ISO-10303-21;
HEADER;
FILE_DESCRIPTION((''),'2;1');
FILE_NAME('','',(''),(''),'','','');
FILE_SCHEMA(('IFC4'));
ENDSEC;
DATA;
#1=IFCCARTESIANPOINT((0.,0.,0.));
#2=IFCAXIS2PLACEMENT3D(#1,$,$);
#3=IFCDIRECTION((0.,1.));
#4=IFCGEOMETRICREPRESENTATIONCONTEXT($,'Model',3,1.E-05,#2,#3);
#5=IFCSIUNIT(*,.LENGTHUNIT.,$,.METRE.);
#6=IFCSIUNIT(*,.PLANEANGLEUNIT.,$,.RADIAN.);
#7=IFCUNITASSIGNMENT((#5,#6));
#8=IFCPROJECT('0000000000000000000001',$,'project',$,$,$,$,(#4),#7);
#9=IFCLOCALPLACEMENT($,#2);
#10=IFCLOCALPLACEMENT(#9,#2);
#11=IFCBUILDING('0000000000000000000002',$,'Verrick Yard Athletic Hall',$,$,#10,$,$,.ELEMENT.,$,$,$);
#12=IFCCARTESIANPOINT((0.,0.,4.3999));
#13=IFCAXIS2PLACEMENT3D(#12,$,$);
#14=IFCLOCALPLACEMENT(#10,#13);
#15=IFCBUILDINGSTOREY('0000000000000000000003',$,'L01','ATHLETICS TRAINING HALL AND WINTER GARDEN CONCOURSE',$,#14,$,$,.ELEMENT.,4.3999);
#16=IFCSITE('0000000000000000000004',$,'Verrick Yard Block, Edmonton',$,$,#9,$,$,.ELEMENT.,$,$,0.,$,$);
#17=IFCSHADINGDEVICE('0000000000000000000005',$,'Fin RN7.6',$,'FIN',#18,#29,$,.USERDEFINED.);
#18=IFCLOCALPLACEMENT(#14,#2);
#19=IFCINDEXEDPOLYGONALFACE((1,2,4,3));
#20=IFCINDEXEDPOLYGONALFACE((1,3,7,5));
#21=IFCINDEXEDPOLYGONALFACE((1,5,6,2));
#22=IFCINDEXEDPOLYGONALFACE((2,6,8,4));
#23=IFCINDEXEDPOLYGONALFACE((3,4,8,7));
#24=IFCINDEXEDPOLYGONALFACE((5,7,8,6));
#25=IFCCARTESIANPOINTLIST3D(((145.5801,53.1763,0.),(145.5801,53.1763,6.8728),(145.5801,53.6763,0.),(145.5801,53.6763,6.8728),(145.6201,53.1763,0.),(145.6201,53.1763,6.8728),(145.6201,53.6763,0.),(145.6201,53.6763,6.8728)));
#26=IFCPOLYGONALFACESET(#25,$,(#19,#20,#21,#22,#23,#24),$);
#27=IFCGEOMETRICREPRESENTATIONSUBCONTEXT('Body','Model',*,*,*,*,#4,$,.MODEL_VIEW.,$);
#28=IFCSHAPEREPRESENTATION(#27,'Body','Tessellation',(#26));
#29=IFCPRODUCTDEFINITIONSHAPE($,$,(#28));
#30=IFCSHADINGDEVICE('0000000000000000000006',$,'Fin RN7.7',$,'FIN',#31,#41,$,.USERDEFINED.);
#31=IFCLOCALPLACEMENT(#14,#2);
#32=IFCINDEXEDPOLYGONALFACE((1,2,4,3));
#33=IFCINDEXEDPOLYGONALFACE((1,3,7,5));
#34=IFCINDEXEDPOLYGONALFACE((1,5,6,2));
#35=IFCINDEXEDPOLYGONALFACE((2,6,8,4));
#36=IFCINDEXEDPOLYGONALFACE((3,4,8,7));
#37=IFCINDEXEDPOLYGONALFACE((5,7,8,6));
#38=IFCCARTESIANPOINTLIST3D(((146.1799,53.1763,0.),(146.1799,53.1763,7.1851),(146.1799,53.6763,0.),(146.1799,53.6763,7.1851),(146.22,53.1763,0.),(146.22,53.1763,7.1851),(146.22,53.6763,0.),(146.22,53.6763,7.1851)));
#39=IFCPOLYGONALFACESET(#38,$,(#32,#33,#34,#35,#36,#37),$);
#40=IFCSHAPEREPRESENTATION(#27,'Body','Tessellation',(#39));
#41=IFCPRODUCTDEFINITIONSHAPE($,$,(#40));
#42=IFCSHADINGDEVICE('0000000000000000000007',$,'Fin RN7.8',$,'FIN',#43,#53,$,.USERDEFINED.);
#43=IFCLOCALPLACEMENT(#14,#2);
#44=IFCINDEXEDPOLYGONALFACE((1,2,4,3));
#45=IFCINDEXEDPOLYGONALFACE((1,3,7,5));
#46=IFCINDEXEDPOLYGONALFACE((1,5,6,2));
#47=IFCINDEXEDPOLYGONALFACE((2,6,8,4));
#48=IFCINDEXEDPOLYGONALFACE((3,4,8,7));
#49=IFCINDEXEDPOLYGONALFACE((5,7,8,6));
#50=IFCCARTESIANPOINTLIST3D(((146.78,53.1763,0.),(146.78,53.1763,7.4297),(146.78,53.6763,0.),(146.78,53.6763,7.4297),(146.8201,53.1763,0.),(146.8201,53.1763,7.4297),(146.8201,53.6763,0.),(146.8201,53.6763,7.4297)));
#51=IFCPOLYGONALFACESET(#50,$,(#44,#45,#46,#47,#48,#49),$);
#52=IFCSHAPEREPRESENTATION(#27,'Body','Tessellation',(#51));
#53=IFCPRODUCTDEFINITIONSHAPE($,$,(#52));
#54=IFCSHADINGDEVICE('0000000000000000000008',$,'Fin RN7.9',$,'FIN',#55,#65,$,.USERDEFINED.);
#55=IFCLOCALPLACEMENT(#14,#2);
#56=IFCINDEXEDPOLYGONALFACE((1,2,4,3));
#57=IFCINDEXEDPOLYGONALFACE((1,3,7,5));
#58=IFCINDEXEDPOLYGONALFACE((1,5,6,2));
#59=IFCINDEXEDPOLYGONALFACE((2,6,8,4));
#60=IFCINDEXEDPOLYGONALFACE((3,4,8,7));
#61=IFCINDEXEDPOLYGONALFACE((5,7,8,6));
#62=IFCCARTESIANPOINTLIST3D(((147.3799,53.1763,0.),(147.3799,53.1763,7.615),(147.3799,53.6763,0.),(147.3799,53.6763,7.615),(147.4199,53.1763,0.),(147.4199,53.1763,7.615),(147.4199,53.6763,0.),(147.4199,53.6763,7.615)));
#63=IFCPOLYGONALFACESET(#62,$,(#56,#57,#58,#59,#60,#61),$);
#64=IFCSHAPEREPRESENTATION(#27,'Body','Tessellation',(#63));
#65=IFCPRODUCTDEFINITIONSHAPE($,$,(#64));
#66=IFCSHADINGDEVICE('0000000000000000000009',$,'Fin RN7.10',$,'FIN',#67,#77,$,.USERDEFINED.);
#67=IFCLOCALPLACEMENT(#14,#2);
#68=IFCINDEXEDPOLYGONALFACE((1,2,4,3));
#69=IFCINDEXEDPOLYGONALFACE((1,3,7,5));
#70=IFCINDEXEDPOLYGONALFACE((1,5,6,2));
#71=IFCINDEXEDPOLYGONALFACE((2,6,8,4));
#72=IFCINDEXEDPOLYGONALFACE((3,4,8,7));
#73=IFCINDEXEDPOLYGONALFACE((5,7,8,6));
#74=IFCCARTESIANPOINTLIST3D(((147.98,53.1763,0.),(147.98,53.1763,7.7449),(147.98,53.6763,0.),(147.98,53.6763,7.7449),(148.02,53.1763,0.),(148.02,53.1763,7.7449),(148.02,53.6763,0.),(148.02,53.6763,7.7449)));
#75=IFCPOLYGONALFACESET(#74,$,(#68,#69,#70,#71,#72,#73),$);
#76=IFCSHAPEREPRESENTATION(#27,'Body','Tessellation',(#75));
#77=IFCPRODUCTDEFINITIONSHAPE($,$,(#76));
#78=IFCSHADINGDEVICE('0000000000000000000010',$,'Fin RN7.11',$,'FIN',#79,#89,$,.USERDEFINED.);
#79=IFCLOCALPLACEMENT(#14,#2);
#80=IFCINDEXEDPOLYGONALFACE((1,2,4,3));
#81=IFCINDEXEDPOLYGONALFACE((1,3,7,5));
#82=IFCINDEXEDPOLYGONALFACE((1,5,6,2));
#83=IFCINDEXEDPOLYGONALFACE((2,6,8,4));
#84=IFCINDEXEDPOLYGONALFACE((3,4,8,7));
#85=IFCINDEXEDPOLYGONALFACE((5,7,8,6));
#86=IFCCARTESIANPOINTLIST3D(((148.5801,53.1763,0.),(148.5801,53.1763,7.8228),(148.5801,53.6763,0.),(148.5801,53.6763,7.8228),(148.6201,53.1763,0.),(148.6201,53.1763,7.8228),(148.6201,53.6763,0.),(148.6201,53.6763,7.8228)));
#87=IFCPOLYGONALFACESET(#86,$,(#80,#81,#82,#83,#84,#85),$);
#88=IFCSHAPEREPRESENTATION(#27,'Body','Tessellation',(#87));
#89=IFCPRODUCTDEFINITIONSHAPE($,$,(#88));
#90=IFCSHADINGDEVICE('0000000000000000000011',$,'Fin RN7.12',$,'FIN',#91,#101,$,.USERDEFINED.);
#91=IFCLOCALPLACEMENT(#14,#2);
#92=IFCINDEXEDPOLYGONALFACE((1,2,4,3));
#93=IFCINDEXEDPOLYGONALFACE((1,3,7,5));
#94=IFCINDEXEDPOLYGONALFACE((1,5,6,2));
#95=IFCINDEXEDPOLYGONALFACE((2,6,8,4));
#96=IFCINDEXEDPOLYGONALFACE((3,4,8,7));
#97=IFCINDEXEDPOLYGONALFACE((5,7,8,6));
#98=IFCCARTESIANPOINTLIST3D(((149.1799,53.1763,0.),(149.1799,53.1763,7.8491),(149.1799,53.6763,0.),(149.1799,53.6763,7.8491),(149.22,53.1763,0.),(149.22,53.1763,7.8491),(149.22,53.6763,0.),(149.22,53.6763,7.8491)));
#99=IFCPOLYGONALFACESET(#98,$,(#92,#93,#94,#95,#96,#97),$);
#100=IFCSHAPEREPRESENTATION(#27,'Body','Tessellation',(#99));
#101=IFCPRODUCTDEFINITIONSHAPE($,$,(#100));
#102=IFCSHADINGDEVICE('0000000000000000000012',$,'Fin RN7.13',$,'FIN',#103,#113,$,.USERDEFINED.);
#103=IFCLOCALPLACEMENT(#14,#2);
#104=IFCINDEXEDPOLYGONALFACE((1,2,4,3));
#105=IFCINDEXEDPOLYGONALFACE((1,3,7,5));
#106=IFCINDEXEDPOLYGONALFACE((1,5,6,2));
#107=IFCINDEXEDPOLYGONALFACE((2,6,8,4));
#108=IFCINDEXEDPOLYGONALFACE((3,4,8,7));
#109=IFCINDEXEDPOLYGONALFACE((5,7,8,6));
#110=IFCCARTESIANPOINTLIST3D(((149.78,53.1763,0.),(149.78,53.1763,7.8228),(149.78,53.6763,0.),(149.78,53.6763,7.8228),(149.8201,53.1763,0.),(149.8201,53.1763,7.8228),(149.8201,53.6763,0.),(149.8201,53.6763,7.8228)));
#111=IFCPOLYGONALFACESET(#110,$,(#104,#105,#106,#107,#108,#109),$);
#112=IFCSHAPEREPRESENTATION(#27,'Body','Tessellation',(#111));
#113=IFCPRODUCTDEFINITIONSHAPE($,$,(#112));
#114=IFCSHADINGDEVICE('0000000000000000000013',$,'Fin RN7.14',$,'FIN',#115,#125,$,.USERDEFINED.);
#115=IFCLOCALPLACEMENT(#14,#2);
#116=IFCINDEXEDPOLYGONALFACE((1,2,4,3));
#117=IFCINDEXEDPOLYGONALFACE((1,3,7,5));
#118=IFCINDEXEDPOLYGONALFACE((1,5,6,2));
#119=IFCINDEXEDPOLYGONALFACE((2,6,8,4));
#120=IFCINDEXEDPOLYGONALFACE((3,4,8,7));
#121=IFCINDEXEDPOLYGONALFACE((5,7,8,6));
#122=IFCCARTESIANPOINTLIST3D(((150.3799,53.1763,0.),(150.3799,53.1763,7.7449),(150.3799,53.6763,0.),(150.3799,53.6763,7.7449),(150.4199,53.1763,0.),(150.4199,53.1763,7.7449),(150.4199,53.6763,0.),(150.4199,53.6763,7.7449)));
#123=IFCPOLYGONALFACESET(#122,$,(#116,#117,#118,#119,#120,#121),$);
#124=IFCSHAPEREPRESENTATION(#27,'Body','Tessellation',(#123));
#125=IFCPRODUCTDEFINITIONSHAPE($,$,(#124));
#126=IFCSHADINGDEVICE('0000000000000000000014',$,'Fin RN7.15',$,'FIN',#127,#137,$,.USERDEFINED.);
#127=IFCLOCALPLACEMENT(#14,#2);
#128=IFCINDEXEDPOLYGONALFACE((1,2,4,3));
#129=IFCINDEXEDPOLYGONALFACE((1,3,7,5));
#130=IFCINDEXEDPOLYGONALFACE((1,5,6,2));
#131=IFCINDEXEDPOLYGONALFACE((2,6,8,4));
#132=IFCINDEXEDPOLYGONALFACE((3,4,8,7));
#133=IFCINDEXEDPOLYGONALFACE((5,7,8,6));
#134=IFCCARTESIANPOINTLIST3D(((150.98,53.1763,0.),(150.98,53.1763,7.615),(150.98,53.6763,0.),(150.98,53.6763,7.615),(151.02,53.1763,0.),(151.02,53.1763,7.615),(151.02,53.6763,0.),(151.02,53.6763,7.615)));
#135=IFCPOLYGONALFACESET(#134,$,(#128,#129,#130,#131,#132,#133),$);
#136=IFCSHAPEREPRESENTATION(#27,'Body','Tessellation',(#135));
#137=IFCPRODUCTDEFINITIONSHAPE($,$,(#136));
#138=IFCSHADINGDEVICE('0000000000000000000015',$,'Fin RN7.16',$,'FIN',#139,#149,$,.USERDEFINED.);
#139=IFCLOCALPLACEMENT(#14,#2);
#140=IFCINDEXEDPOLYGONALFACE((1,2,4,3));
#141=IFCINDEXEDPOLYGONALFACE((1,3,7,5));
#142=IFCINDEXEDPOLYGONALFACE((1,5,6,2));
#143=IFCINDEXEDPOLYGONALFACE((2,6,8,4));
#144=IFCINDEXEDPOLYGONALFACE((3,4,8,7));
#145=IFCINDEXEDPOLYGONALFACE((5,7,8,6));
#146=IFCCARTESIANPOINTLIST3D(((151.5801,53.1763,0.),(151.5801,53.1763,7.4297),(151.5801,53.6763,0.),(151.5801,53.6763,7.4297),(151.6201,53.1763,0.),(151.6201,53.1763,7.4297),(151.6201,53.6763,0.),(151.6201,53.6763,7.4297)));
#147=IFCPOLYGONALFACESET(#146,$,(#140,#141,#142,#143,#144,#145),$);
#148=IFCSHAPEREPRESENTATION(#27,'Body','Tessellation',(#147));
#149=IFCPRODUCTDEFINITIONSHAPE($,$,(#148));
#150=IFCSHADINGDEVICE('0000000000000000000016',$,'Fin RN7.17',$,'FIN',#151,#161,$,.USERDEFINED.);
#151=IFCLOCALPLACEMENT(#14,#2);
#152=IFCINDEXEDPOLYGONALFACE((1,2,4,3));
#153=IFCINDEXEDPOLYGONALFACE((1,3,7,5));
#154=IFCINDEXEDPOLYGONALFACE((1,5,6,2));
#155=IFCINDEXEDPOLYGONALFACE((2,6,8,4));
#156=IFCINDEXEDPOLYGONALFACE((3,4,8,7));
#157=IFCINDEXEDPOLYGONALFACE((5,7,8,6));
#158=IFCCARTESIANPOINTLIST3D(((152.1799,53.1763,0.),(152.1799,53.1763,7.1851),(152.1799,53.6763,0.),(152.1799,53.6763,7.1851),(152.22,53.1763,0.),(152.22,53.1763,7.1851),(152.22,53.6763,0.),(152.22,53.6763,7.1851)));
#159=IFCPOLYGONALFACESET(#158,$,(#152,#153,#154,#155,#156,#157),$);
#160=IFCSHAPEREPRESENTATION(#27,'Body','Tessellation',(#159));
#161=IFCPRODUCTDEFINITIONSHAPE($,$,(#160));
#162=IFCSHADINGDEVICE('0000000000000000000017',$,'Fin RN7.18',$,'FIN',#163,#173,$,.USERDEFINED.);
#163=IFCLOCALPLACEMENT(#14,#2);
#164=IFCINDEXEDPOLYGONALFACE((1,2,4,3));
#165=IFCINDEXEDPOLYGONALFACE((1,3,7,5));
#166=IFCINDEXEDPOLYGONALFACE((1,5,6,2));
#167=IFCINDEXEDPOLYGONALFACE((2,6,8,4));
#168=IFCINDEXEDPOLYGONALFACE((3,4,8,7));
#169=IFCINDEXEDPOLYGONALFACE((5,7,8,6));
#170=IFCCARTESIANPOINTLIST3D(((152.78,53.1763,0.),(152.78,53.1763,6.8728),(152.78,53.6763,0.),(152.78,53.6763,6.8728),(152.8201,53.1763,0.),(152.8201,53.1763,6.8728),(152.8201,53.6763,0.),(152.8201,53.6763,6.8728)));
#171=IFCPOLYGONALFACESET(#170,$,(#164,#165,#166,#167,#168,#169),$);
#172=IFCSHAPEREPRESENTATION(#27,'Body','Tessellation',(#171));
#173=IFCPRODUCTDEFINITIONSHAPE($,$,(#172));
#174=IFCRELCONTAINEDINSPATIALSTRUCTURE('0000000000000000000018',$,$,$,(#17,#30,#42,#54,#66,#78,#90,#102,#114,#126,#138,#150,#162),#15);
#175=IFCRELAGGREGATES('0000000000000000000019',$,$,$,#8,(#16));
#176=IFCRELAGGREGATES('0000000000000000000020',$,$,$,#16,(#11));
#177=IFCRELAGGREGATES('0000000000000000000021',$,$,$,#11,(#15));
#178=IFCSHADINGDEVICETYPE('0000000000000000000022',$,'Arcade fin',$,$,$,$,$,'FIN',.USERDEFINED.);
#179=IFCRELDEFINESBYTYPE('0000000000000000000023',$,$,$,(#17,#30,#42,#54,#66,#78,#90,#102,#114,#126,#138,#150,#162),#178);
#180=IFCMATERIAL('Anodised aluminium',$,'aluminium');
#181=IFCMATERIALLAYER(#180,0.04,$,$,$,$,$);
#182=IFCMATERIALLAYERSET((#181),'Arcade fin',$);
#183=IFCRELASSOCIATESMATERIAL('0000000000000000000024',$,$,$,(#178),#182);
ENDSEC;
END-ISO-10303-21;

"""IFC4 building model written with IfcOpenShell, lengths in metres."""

from ifc_helpers import new_model, si_unit, direction, frame, origin, place, context, subcontext, project, spatial, polyline, outline, extrude, material, layer, layer_set, type_object, element, save


model = new_model("IFC4")

# Units and contexts
model_context = context("Model", 3, precision=1e-05, world=origin(), true_north=direction((0.0, 1.0)))
body_context = subcontext(model_context, "Body", "Model", "MODEL_VIEW")
ifc_project = project(units=[si_unit("LENGTHUNIT", "METRE"), si_unit("PLANEANGLEUNIT", "RADIAN")], contexts=[model_context])

# Site, building, storey
site_placement = place(None, origin())
site = spatial("IfcSite", under=ifc_project, at=site_placement, Name="Verrick Yard Block, Edmonton", CompositionType="ELEMENT", RefElevation=0.0)
building_placement = place(site_placement, origin())
building = spatial("IfcBuilding", under=site, at=building_placement, Name="Verrick Yard Athletic Hall", CompositionType="ELEMENT")
storey_placement = place(building_placement, frame((0.0, 0.0, 4.3999)))
storey = spatial("IfcBuildingStorey", under=building, at=storey_placement, Name="L01", Description="ATHLETICS TRAINING HALL AND WINTER GARDEN CONCOURSE", CompositionType="ELEMENT", Elevation=4.3999)

# Shading devices
ifc_material = material(Name="Anodised aluminium", Category="aluminium")
ifc_layer_1 = layer(ifc_material, 0.04)
ifc_layer_set_1 = layer_set([ifc_layer_1], Name="Arcade fin")
shading_device_type_1 = type_object("IfcShadingDeviceType", Name="Arcade fin", ElementType="FIN", PredefinedType="USERDEFINED", material=ifc_layer_set_1)
shading_device_1_placement = place(storey_placement, frame((145.6001, 53.1763, 0.0), z_axis=(0.0, 0.0, 1.0), x_axis=(0.0, 1.0, 0.0)))
element("IfcShadingDevice", 1, at=shading_device_1_placement, inside=storey, type_object=shading_device_type_1, Name="Fin RN7.6", ObjectType="FIN", PredefinedType="USERDEFINED", context=body_context, shape_type="SweptSolid", body=[
    extrude(outline(polyline([(0.0, 0.0), (0.5, 0.0), (0.5, 6.8728), (0.0, 6.8728), (0.0, 0.0)])), frame((0.0, 0.02, 0.0), z_axis=(0.0, -1.0, 0.0), x_axis=(1.0, 0.0, 0.0)), (0.0, 0.0, 1.0), 0.04),
])
shading_device_2_placement = place(storey_placement, frame((146.2, 53.1763, 0.0), z_axis=(0.0, 0.0, 1.0), x_axis=(0.0, 1.0, 0.0)))
element("IfcShadingDevice", 2, at=shading_device_2_placement, inside=storey, type_object=shading_device_type_1, Name="Fin RN7.7", ObjectType="FIN", PredefinedType="USERDEFINED", context=body_context, shape_type="SweptSolid", body=[
    extrude(outline(polyline([(0.0, 0.0), (0.5, 0.0), (0.5, 7.1851), (0.0, 7.1851), (0.0, 0.0)])), frame((0.0, 0.02, 0.0), z_axis=(0.0, -1.0, 0.0), x_axis=(1.0, 0.0, 0.0)), (0.0, 0.0, 1.0), 0.04),
])
shading_device_3_placement = place(storey_placement, frame((146.8, 53.1763, 0.0), z_axis=(0.0, 0.0, 1.0), x_axis=(0.0, 1.0, 0.0)))
element("IfcShadingDevice", 3, at=shading_device_3_placement, inside=storey, type_object=shading_device_type_1, Name="Fin RN7.8", ObjectType="FIN", PredefinedType="USERDEFINED", context=body_context, shape_type="SweptSolid", body=[
    extrude(outline(polyline([(0.0, 0.0), (0.5, 0.0), (0.5, 7.4297), (0.0, 7.4297), (0.0, 0.0)])), frame((0.0, 0.02, 0.0), z_axis=(0.0, -1.0, 0.0), x_axis=(1.0, 0.0, 0.0)), (0.0, 0.0, 1.0), 0.04),
])
shading_device_4_placement = place(storey_placement, frame((147.3999, 53.1763, 0.0), z_axis=(0.0, 0.0, 1.0), x_axis=(0.0, 1.0, 0.0)))
element("IfcShadingDevice", 4, at=shading_device_4_placement, inside=storey, type_object=shading_device_type_1, Name="Fin RN7.9", ObjectType="FIN", PredefinedType="USERDEFINED", context=body_context, shape_type="SweptSolid", body=[
    extrude(outline(polyline([(0.0, 0.0), (0.5, 0.0), (0.5, 7.615), (0.0, 7.615), (0.0, 0.0)])), frame((0.0, 0.02, 0.0), z_axis=(0.0, -1.0, 0.0), x_axis=(1.0, 0.0, 0.0)), (0.0, 0.0, 1.0), 0.04),
])
shading_device_5_placement = place(storey_placement, frame((148.0, 53.1763, 0.0), z_axis=(0.0, 0.0, 1.0), x_axis=(0.0, 1.0, 0.0)))
element("IfcShadingDevice", 5, at=shading_device_5_placement, inside=storey, type_object=shading_device_type_1, Name="Fin RN7.10", ObjectType="FIN", PredefinedType="USERDEFINED", context=body_context, shape_type="SweptSolid", body=[
    extrude(outline(polyline([(0.0, 0.0), (0.5, 0.0), (0.5, 7.7449), (0.0, 7.7449), (0.0, 0.0)])), frame((0.0, 0.02, 0.0), z_axis=(0.0, -1.0, 0.0), x_axis=(1.0, 0.0, 0.0)), (0.0, 0.0, 1.0), 0.04),
])
shading_device_6_placement = place(storey_placement, frame((148.6001, 53.1763, 0.0), z_axis=(0.0, 0.0, 1.0), x_axis=(0.0, 1.0, 0.0)))
element("IfcShadingDevice", 6, at=shading_device_6_placement, inside=storey, type_object=shading_device_type_1, Name="Fin RN7.11", ObjectType="FIN", PredefinedType="USERDEFINED", context=body_context, shape_type="SweptSolid", body=[
    extrude(outline(polyline([(0.0, 0.0), (0.5, 0.0), (0.5, 7.8228), (0.0, 7.8228), (0.0, 0.0)])), frame((0.0, 0.02, 0.0), z_axis=(0.0, -1.0, 0.0), x_axis=(1.0, 0.0, 0.0)), (0.0, 0.0, 1.0), 0.04),
])
shading_device_7_placement = place(storey_placement, frame((149.2, 53.1763, 0.0), z_axis=(0.0, 0.0, 1.0), x_axis=(0.0, 1.0, 0.0)))
element("IfcShadingDevice", 7, at=shading_device_7_placement, inside=storey, type_object=shading_device_type_1, Name="Fin RN7.12", ObjectType="FIN", PredefinedType="USERDEFINED", context=body_context, shape_type="SweptSolid", body=[
    extrude(outline(polyline([(0.0, 0.0), (0.5, 0.0), (0.5, 7.8491), (0.0, 7.8491), (0.0, 0.0)])), frame((0.0, 0.02, 0.0), z_axis=(0.0, -1.0, 0.0), x_axis=(1.0, 0.0, 0.0)), (0.0, 0.0, 1.0), 0.04),
])
shading_device_8_placement = place(storey_placement, frame((149.8, 53.1763, 0.0), z_axis=(0.0, 0.0, 1.0), x_axis=(0.0, 1.0, 0.0)))
element("IfcShadingDevice", 8, at=shading_device_8_placement, inside=storey, type_object=shading_device_type_1, Name="Fin RN7.13", ObjectType="FIN", PredefinedType="USERDEFINED", context=body_context, shape_type="SweptSolid", body=[
    extrude(outline(polyline([(0.0, 0.0), (0.5, 0.0), (0.5, 7.8228), (0.0, 7.8228), (0.0, 0.0)])), frame((0.0, 0.02, 0.0), z_axis=(0.0, -1.0, 0.0), x_axis=(1.0, 0.0, 0.0)), (0.0, 0.0, 1.0), 0.04),
])
shading_device_9_placement = place(storey_placement, frame((150.3999, 53.1763, 0.0), z_axis=(0.0, 0.0, 1.0), x_axis=(0.0, 1.0, 0.0)))
element("IfcShadingDevice", 9, at=shading_device_9_placement, inside=storey, type_object=shading_device_type_1, Name="Fin RN7.14", ObjectType="FIN", PredefinedType="USERDEFINED", context=body_context, shape_type="SweptSolid", body=[
    extrude(outline(polyline([(0.0, 0.0), (0.5, 0.0), (0.5, 7.7449), (0.0, 7.7449), (0.0, 0.0)])), frame((0.0, 0.02, 0.0), z_axis=(0.0, -1.0, 0.0), x_axis=(1.0, 0.0, 0.0)), (0.0, 0.0, 1.0), 0.04),
])
shading_device_10_placement = place(storey_placement, frame((151.0, 53.1763, 0.0), z_axis=(0.0, 0.0, 1.0), x_axis=(0.0, 1.0, 0.0)))
element("IfcShadingDevice", 10, at=shading_device_10_placement, inside=storey, type_object=shading_device_type_1, Name="Fin RN7.15", ObjectType="FIN", PredefinedType="USERDEFINED", context=body_context, shape_type="SweptSolid", body=[
    extrude(outline(polyline([(0.0, 0.0), (0.5, 0.0), (0.5, 7.615), (0.0, 7.615), (0.0, 0.0)])), frame((0.0, 0.02, 0.0), z_axis=(0.0, -1.0, 0.0), x_axis=(1.0, 0.0, 0.0)), (0.0, 0.0, 1.0), 0.04),
])
shading_device_11_placement = place(storey_placement, frame((151.6001, 53.1763, 0.0), z_axis=(0.0, 0.0, 1.0), x_axis=(0.0, 1.0, 0.0)))
element("IfcShadingDevice", 11, at=shading_device_11_placement, inside=storey, type_object=shading_device_type_1, Name="Fin RN7.16", ObjectType="FIN", PredefinedType="USERDEFINED", context=body_context, shape_type="SweptSolid", body=[
    extrude(outline(polyline([(0.0, 0.0), (0.5, 0.0), (0.5, 7.4297), (0.0, 7.4297), (0.0, 0.0)])), frame((0.0, 0.02, 0.0), z_axis=(0.0, -1.0, 0.0), x_axis=(1.0, 0.0, 0.0)), (0.0, 0.0, 1.0), 0.04),
])
shading_device_12_placement = place(storey_placement, frame((152.2, 53.1763, 0.0), z_axis=(0.0, 0.0, 1.0), x_axis=(0.0, 1.0, 0.0)))
element("IfcShadingDevice", 12, at=shading_device_12_placement, inside=storey, type_object=shading_device_type_1, Name="Fin RN7.17", ObjectType="FIN", PredefinedType="USERDEFINED", context=body_context, shape_type="SweptSolid", body=[
    extrude(outline(polyline([(0.0, 0.0), (0.5, 0.0), (0.5, 7.1851), (0.0, 7.1851), (0.0, 0.0)])), frame((0.0, 0.02, 0.0), z_axis=(0.0, -1.0, 0.0), x_axis=(1.0, 0.0, 0.0)), (0.0, 0.0, 1.0), 0.04),
])
shading_device_13_placement = place(storey_placement, frame((152.8, 53.1763, 0.0), z_axis=(0.0, 0.0, 1.0), x_axis=(0.0, 1.0, 0.0)))
element("IfcShadingDevice", 13, at=shading_device_13_placement, inside=storey, type_object=shading_device_type_1, Name="Fin RN7.18", ObjectType="FIN", PredefinedType="USERDEFINED", context=body_context, shape_type="SweptSolid", body=[
    extrude(outline(polyline([(0.0, 0.0), (0.5, 0.0), (0.5, 6.8728), (0.0, 6.8728), (0.0, 0.0)])), frame((0.0, 0.02, 0.0), z_axis=(0.0, -1.0, 0.0), x_axis=(1.0, 0.0, 0.0)), (0.0, 0.0, 1.0), 0.04),
])

save(model, "model.ifc")
